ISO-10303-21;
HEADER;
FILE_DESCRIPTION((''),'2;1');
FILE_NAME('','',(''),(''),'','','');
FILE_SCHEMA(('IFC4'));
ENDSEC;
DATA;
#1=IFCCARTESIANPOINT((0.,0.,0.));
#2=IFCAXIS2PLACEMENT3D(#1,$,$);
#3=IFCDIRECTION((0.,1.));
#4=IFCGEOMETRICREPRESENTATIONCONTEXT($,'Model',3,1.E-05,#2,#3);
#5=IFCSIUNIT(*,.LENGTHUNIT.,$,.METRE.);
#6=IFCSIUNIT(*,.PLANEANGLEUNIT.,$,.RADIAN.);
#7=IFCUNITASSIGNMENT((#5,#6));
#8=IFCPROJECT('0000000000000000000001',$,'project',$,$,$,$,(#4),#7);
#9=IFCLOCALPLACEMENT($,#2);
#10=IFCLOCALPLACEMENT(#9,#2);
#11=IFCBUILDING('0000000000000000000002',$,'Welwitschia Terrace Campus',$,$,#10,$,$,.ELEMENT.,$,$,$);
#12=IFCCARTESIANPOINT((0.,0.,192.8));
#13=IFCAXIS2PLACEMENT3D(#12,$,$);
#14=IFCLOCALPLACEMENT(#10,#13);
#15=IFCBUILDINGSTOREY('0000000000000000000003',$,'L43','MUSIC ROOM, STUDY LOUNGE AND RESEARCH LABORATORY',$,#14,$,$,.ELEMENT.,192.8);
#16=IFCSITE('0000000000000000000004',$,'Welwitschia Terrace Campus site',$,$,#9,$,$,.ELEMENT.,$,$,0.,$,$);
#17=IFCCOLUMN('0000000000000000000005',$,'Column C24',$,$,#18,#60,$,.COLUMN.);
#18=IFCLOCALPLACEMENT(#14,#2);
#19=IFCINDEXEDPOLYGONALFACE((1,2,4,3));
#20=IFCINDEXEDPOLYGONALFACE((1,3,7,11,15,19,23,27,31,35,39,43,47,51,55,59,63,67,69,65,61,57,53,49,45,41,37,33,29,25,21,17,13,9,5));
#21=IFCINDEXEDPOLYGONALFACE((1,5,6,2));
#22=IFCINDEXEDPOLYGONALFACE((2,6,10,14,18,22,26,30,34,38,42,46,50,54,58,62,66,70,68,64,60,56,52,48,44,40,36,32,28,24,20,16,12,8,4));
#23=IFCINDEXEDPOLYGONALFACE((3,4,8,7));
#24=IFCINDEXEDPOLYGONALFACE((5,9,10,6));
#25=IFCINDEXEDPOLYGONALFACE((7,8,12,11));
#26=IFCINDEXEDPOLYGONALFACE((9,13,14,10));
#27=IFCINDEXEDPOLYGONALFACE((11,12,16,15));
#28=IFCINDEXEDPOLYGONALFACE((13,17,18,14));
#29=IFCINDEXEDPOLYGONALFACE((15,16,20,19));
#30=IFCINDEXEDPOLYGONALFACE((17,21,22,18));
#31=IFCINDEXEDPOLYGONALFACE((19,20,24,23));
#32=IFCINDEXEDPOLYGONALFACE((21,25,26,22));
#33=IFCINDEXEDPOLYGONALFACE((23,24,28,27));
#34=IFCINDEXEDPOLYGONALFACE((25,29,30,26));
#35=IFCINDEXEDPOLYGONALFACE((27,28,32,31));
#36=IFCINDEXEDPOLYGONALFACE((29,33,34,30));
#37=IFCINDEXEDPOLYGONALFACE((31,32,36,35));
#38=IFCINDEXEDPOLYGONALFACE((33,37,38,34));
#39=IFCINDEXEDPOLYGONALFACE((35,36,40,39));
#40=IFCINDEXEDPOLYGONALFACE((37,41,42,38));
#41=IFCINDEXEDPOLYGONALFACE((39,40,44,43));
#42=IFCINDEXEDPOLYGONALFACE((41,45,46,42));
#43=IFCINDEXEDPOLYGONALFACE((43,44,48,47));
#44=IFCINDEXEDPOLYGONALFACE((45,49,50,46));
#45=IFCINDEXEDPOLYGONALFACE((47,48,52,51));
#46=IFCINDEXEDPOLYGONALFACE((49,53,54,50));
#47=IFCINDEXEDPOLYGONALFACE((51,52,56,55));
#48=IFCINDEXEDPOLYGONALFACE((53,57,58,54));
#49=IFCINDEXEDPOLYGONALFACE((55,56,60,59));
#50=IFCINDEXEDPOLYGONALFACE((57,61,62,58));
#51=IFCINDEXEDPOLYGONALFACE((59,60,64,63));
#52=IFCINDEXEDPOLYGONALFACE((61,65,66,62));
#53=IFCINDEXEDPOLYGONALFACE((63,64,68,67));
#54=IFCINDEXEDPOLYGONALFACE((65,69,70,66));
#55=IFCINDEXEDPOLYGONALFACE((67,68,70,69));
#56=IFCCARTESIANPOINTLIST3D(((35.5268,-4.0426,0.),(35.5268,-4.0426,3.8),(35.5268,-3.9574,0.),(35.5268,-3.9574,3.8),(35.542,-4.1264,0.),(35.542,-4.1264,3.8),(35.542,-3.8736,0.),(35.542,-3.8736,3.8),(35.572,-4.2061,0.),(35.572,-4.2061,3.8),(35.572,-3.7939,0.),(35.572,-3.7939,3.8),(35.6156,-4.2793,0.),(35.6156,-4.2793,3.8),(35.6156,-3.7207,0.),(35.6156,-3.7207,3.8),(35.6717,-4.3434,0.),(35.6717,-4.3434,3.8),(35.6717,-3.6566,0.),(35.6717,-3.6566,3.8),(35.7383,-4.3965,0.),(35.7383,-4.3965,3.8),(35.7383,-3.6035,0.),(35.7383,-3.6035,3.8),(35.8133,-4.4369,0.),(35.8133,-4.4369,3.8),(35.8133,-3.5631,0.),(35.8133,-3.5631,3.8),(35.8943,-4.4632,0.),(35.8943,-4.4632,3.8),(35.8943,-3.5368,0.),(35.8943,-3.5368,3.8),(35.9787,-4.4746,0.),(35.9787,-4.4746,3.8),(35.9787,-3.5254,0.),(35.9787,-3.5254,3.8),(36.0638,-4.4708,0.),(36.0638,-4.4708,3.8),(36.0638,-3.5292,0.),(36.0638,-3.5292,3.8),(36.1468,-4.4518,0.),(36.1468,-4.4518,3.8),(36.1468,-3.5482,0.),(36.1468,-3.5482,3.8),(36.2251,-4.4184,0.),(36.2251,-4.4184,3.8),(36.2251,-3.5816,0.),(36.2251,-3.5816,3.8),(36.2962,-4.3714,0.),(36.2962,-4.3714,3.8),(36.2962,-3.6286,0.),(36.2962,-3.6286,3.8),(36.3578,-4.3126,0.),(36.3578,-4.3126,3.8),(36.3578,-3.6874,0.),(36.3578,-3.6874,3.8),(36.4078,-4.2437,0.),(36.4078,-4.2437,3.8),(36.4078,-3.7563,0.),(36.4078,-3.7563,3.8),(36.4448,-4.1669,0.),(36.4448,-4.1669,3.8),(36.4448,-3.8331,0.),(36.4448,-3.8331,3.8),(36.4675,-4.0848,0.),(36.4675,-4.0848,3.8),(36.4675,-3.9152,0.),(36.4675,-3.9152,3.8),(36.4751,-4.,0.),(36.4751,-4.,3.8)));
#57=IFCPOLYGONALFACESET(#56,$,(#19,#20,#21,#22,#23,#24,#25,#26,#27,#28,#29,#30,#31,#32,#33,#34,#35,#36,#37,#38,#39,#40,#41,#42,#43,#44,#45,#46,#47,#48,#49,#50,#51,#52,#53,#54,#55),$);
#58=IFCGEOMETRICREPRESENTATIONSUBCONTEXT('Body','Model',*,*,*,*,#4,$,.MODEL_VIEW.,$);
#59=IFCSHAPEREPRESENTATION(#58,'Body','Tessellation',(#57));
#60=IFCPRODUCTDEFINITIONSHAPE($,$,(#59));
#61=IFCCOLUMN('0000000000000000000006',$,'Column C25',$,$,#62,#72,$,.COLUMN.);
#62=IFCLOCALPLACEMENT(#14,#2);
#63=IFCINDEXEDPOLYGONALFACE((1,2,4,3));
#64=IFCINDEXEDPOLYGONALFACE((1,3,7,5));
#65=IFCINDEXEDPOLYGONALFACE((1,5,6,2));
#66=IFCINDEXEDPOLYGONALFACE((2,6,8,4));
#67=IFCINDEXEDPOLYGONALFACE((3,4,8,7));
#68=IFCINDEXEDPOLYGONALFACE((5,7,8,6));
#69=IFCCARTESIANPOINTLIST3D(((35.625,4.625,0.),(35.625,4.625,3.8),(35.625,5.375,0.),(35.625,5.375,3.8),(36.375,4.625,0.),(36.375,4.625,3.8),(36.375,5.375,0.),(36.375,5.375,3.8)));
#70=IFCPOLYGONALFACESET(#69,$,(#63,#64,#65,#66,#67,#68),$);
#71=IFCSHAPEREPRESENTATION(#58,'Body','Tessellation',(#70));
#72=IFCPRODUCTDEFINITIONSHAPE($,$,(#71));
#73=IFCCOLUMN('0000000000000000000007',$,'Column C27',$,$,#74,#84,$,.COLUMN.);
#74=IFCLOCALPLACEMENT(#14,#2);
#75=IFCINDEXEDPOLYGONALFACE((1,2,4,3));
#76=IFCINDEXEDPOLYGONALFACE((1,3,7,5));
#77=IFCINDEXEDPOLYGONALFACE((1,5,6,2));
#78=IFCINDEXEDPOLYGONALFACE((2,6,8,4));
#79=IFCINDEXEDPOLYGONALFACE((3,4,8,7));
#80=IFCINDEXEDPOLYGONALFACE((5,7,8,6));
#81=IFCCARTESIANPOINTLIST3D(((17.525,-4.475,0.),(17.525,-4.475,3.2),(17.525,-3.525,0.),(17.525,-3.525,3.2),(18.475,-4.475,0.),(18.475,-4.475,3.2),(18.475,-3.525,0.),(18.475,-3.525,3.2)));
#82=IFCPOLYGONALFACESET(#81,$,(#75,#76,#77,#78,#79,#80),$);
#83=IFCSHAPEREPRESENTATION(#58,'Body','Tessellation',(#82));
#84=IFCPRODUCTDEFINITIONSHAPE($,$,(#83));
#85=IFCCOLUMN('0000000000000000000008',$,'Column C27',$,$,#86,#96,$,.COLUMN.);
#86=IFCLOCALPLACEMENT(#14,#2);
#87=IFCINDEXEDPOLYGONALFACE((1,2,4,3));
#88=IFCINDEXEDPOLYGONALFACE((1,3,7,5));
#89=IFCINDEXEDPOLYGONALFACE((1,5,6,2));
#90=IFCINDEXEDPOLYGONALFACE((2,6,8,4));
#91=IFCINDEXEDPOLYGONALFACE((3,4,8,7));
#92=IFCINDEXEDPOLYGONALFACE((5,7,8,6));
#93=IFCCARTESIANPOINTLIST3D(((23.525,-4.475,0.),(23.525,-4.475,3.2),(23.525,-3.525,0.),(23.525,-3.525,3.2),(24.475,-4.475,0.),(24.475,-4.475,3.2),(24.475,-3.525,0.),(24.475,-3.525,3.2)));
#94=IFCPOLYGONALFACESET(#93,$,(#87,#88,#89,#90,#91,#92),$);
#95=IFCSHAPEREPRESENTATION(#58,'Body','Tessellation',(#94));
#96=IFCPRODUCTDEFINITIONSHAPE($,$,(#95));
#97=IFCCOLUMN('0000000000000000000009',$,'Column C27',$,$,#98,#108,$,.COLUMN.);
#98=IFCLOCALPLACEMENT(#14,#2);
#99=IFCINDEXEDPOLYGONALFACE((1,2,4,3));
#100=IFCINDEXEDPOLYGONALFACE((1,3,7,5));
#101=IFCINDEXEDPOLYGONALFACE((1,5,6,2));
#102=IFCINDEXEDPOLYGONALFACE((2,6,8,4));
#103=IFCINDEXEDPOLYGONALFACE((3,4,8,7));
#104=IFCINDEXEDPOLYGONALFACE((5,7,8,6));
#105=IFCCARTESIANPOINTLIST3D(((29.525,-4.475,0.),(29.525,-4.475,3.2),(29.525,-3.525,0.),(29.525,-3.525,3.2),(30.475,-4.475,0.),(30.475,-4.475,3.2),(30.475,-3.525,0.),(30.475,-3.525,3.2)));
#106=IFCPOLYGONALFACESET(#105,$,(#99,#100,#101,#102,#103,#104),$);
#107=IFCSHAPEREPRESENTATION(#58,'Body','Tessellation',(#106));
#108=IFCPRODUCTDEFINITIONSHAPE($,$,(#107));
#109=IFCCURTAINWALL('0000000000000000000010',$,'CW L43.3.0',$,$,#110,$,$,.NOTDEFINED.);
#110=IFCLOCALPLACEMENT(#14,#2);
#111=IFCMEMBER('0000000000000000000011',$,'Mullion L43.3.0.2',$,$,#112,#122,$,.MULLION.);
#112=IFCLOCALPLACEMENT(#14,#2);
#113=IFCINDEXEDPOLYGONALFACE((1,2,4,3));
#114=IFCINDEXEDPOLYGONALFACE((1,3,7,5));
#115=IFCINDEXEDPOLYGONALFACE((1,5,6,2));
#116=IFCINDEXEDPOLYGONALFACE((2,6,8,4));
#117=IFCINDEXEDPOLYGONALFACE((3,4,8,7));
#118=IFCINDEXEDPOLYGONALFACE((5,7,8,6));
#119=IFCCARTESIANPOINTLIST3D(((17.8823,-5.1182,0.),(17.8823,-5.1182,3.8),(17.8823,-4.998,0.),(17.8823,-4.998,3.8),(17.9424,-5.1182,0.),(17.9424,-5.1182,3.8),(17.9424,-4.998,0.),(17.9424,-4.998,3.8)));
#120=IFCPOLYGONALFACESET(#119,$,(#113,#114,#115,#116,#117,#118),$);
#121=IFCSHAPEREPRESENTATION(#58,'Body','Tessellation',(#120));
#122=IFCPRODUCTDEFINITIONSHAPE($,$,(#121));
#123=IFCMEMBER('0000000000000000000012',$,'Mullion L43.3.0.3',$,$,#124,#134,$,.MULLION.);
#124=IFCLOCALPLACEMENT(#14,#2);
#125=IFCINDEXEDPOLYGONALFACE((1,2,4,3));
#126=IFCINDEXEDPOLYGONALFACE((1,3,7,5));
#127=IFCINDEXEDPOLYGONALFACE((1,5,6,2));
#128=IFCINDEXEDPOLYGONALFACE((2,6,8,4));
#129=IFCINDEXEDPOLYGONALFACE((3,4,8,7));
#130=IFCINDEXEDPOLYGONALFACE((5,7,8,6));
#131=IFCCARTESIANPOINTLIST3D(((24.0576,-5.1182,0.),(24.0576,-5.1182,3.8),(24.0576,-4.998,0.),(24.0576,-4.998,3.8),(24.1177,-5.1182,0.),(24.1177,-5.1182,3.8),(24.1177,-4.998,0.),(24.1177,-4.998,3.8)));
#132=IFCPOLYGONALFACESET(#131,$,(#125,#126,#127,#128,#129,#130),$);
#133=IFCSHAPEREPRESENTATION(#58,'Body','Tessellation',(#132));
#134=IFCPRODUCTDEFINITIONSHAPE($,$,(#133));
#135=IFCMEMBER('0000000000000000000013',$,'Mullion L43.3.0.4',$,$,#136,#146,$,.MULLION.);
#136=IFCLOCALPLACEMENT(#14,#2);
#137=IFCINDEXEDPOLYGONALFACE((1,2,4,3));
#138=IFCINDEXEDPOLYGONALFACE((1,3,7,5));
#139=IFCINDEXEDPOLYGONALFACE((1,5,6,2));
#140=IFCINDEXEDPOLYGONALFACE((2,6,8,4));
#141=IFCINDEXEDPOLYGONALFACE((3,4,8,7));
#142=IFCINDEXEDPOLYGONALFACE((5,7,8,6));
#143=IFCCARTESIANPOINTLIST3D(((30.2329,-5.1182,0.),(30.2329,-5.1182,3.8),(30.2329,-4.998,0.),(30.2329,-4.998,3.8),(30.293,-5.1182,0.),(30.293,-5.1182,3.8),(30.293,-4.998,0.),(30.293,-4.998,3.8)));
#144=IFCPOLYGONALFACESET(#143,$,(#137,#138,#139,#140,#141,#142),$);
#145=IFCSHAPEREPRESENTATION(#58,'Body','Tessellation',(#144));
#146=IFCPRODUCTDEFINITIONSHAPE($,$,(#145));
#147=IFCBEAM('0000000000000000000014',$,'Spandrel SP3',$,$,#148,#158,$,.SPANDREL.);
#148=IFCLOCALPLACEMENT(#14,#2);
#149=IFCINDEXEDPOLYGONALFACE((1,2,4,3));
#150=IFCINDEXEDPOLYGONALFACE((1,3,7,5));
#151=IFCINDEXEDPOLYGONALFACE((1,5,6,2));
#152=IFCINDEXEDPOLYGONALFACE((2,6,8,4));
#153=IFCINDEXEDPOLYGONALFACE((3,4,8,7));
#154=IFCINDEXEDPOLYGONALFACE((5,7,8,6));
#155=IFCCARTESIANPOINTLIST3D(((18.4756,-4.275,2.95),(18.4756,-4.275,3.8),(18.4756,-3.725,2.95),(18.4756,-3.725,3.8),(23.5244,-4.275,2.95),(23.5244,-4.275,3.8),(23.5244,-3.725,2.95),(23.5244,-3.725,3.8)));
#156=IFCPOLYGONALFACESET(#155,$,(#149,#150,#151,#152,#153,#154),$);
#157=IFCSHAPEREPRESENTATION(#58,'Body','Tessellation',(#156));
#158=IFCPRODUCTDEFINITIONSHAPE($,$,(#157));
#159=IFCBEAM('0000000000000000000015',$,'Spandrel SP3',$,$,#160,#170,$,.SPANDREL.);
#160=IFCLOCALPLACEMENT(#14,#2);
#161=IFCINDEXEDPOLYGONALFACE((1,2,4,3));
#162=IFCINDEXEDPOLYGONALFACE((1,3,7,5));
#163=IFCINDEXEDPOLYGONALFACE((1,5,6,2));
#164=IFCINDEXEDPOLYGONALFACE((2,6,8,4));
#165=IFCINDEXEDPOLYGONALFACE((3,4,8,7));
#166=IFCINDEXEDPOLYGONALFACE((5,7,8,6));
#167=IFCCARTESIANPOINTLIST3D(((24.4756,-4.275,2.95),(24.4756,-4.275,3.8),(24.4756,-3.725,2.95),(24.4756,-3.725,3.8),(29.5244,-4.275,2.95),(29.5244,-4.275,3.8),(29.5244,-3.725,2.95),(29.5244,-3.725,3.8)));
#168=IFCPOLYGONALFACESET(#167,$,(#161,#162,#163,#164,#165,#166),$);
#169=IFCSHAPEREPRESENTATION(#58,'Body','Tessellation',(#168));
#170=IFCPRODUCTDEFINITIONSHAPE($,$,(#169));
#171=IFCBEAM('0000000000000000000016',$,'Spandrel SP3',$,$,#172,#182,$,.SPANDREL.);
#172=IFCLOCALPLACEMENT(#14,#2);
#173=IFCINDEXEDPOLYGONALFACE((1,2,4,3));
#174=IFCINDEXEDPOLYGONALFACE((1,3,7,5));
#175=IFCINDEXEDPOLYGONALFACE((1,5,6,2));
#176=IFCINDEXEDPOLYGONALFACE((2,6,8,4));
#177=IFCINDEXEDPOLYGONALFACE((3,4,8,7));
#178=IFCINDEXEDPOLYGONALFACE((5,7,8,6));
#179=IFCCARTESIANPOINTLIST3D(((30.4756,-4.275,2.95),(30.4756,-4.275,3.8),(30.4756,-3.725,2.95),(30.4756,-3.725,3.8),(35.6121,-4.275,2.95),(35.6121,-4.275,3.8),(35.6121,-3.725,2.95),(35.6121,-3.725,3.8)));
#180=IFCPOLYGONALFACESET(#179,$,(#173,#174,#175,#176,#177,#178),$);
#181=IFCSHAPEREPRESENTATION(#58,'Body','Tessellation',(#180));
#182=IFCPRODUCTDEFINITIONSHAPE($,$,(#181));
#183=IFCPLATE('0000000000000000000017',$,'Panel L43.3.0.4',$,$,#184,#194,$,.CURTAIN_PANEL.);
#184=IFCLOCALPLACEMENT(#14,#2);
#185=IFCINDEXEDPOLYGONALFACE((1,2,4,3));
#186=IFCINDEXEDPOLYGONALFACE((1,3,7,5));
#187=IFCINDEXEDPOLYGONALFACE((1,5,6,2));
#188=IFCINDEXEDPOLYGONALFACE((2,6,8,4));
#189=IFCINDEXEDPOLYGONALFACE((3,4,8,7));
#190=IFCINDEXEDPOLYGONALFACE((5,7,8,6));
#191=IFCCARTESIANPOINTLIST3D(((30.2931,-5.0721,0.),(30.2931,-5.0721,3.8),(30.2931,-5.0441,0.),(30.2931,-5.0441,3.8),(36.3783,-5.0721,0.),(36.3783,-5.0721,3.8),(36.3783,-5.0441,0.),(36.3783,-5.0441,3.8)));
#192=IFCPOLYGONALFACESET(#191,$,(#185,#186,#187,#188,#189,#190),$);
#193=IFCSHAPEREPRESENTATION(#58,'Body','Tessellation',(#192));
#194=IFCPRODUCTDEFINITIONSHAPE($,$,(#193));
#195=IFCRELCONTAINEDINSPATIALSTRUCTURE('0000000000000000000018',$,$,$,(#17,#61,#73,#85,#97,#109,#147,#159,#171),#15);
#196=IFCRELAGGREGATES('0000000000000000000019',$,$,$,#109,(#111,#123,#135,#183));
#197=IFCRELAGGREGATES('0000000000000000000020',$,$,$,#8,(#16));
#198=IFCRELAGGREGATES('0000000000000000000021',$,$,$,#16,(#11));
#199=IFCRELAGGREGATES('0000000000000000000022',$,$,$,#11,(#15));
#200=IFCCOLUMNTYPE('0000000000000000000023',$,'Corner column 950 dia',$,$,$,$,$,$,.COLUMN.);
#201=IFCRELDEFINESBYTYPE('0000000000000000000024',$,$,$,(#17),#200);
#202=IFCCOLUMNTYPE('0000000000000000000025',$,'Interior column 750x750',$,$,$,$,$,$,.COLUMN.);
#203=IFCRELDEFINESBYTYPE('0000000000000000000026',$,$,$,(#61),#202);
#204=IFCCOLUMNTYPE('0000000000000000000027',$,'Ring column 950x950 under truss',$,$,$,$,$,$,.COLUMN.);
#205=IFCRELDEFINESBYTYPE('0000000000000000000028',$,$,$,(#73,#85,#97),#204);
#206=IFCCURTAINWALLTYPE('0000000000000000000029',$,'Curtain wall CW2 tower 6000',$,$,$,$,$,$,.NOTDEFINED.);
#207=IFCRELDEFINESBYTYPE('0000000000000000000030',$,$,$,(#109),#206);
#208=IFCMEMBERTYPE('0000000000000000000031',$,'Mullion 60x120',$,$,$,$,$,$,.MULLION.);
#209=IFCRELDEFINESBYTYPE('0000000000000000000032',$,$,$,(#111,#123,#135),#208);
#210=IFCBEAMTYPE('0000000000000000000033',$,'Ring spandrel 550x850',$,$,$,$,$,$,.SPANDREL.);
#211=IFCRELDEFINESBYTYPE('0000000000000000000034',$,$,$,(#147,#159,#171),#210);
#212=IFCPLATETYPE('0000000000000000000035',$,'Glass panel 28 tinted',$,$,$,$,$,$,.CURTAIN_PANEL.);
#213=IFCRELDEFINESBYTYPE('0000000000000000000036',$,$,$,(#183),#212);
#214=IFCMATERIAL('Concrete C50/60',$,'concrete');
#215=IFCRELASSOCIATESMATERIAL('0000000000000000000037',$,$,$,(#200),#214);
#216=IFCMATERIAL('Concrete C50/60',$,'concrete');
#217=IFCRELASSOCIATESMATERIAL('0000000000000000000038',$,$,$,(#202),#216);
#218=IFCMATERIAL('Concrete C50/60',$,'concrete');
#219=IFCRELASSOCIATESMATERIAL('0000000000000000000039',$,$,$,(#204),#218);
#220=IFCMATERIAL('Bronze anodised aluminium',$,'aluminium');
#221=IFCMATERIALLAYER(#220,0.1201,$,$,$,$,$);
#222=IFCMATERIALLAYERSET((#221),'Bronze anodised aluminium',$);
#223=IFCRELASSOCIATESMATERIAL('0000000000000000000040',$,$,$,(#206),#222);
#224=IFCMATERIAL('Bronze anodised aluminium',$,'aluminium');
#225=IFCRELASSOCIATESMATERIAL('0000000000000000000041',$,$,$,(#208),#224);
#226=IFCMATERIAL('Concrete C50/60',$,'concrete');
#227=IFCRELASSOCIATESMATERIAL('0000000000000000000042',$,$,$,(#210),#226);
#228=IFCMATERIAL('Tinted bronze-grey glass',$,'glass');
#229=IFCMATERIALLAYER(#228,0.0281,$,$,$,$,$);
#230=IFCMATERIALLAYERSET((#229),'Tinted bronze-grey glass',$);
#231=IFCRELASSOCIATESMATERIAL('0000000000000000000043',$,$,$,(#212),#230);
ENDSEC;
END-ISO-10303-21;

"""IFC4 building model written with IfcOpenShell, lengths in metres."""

from ifc_helpers import new_model, si_unit, direction, frame, origin, origin_2d, place, context, subcontext, project, spatial, rectangle, circle, extrude, material, layer, layer_set, material_profile, profile_set, type_object, element, aggregate, save


model = new_model("IFC4")

# Units and contexts
model_context = context("Model", 3, precision=1e-05, world=origin(), true_north=direction((0.0, 1.0)))
body_context = subcontext(model_context, "Body", "Model", "MODEL_VIEW")
ifc_project = project(units=[si_unit("LENGTHUNIT", "METRE"), si_unit("PLANEANGLEUNIT", "RADIAN")], contexts=[model_context])

# Site, building, storey
site_placement = place(None, origin())
site = spatial("IfcSite", under=ifc_project, at=site_placement, Name="Welwitschia Terrace Campus site", CompositionType="ELEMENT", RefElevation=0.0)
building_placement = place(site_placement, origin())
building = spatial("IfcBuilding", under=site, at=building_placement, Name="Welwitschia Terrace Campus", CompositionType="ELEMENT")
storey_placement = place(building_placement, frame((0.0, 0.0, 192.8)))
storey = spatial("IfcBuildingStorey", under=building, at=storey_placement, Name="L43", Description="MUSIC ROOM, STUDY LOUNGE AND RESEARCH LABORATORY", CompositionType="ELEMENT", Elevation=192.8)

# Columns
ifc_material_1 = material(Name="Concrete C50/60", Category="concrete")
ifc_material_profile_1 = material_profile(ifc_material_1, circle(Radius=0.4751, at=origin_2d()))
ifc_profile_set_1 = profile_set([ifc_material_profile_1], Name="Concrete C50/60")
column_type_1 = type_object("IfcColumnType", Name="Corner column 950 dia", PredefinedType="COLUMN", material=ifc_profile_set_1)
column_1_placement = place(storey_placement, frame((36.0, -4.0, 0.0), z_axis=(0.0, 0.0, 1.0), x_axis=(1.0, 0.0, 0.0)))
element("IfcColumn", 1, at=column_1_placement, inside=storey, type_object=column_type_1, Name="Column C24", PredefinedType="COLUMN", context=body_context, shape_type="SweptSolid", body=[
    extrude(circle(Radius=0.4751, at=origin_2d()), origin(), (0.0, 0.0, 1.0), 3.8),
])
ifc_material_2 = material(Name="Concrete C50/60", Category="concrete")
ifc_material_profile_2 = material_profile(ifc_material_2, rectangle(XDim=0.75, YDim=0.75, at=origin_2d()))
ifc_profile_set_2 = profile_set([ifc_material_profile_2], Name="Concrete C50/60")
column_type_2 = type_object("IfcColumnType", Name="Interior column 750x750", PredefinedType="COLUMN", material=ifc_profile_set_2)
column_2_placement = place(storey_placement, frame((36.0, 5.0, 0.0), z_axis=(0.0, 0.0, 1.0), x_axis=(1.0, 0.0, 0.0)))
element("IfcColumn", 2, at=column_2_placement, inside=storey, type_object=column_type_2, Name="Column C25", PredefinedType="COLUMN", context=body_context, shape_type="SweptSolid", body=[
    extrude(rectangle(XDim=0.75, YDim=0.75, at=origin_2d()), origin(), (0.0, 0.0, 1.0), 3.8),
])
ifc_material_3 = material(Name="Concrete C50/60", Category="concrete")
ifc_material_profile_3 = material_profile(ifc_material_3, rectangle(XDim=0.95, YDim=0.95, at=origin_2d()))
ifc_profile_set_3 = profile_set([ifc_material_profile_3], Name="Concrete C50/60")
column_type_3 = type_object("IfcColumnType", Name="Ring column 950x950 under truss", PredefinedType="COLUMN", material=ifc_profile_set_3)
for number, where, z_axis, x_axis, name in (
    (3, (18.0, -4.0, 0.0), (0.0, 0.0, 1.0), (1.0, 0.0, 0.0), "Column C27"),
    (4, (24.0, -4.0, 0.0), (0.0, 0.0, 1.0), (1.0, 0.0, 0.0), "Column C27"),
    (5, (30.0, -4.0, 0.0), (0.0, 0.0, 1.0), (1.0, 0.0, 0.0), "Column C27"),
):
    element("IfcColumn", number, at=place(storey_placement, frame(where, z_axis=z_axis, x_axis=x_axis)), inside=storey, type_object=column_type_3, Name=name, PredefinedType="COLUMN", context=body_context, shape_type="SweptSolid", body=[
        extrude(rectangle(XDim=0.95, YDim=0.95, at=origin_2d()), origin(), (0.0, 0.0, 1.0), 3.2),
    ])

# Curtain wall, members
ifc_material_4 = material(Name="Bronze anodised aluminium", Category="aluminium")
ifc_layer_1 = layer(ifc_material_4, 0.1201)
ifc_layer_set_1 = layer_set([ifc_layer_1], Name="Bronze anodised aluminium")
curtain_wall_type = type_object("IfcCurtainWallType", Name="Curtain wall CW2 tower 6000", PredefinedType="NOTDEFINED", material=ifc_layer_set_1)
curtain_wall_placement = place(storey_placement, origin())
curtain_wall = element("IfcCurtainWall", 6, at=curtain_wall_placement, inside=storey, type_object=curtain_wall_type, Name="CW L43.3.0", PredefinedType="NOTDEFINED")
ifc_material_5 = material(Name="Bronze anodised aluminium", Category="aluminium")
ifc_material_profile_4 = material_profile(ifc_material_5, rectangle(XDim=0.1201, YDim=0.0601, at=origin_2d()))
ifc_profile_set_4 = profile_set([ifc_material_profile_4], Name="Bronze anodised aluminium")
member_type = type_object("IfcMemberType", Name="Mullion 60x120", PredefinedType="MULLION", material=ifc_profile_set_4)
member_1_placement = place(storey_placement, frame((17.9124, -5.0581, 0.0), z_axis=(0.0, 0.0, 1.0), x_axis=(0.0, 1.0, 0.0)))
member_1 = element("IfcMember", 7, at=member_1_placement, type_object=member_type, Name="Mullion L43.3.0.2", PredefinedType="MULLION", context=body_context, shape_type="SweptSolid", body=[
    extrude(rectangle(XDim=0.1201, YDim=0.0601, at=origin_2d()), origin(), (0.0, 0.0, 1.0), 3.8),
])
member_2_placement = place(storey_placement, frame((24.0876, -5.0581, 0.0), z_axis=(0.0, 0.0, 1.0), x_axis=(0.0, 1.0, 0.0)))
member_2 = element("IfcMember", 8, at=member_2_placement, type_object=member_type, Name="Mullion L43.3.0.3", PredefinedType="MULLION", context=body_context, shape_type="SweptSolid", body=[
    extrude(rectangle(XDim=0.1201, YDim=0.0601, at=origin_2d()), origin(), (0.0, 0.0, 1.0), 3.8),
])
member_3_placement = place(storey_placement, frame((30.2629, -5.0581, 0.0), z_axis=(0.0, 0.0, 1.0), x_axis=(0.0, 1.0, 0.0)))
member_3 = element("IfcMember", 9, at=member_3_placement, type_object=member_type, Name="Mullion L43.3.0.4", PredefinedType="MULLION", context=body_context, shape_type="SweptSolid", body=[
    extrude(rectangle(XDim=0.1201, YDim=0.0601, at=origin_2d()), origin(), (0.0, 0.0, 1.0), 3.8),
])

# Beams
ifc_material_6 = material(Name="Concrete C50/60", Category="concrete")
ifc_material_profile_5 = material_profile(ifc_material_6, rectangle(XDim=0.55, YDim=0.8501, at=origin_2d()))
ifc_profile_set_5 = profile_set([ifc_material_profile_5], Name="Concrete C50/60")
beam_type = type_object("IfcBeamType", Name="Ring spandrel 550x850", PredefinedType="SPANDREL", material=ifc_profile_set_5)
for number, where, z_axis, x_axis, name in (
    (10, (18.4756, -4.0, 3.375), (1.0, 0.0, 0.0), (0.0, 1.0, 0.0), "Spandrel SP3"),
    (11, (24.4756, -4.0, 3.375), (1.0, 0.0, 0.0), (0.0, 1.0, 0.0), "Spandrel SP3"),
):
    element("IfcBeam", number, at=place(storey_placement, frame(where, z_axis=z_axis, x_axis=x_axis)), inside=storey, type_object=beam_type, Name=name, PredefinedType="SPANDREL", context=body_context, shape_type="SweptSolid", body=[
        extrude(rectangle(XDim=0.55, YDim=0.8501, at=origin_2d()), origin(), (0.0, 0.0, 1.0), 5.0488),
    ])
beam_placement = place(storey_placement, frame((30.4756, -4.0, 3.375), z_axis=(1.0, 0.0, 0.0), x_axis=(0.0, 1.0, 0.0)))
element("IfcBeam", 12, at=beam_placement, inside=storey, type_object=beam_type, Name="Spandrel SP3", PredefinedType="SPANDREL", context=body_context, shape_type="SweptSolid", body=[
    extrude(rectangle(XDim=0.55, YDim=0.8501, at=origin_2d()), origin(), (0.0, 0.0, 1.0), 5.1365),
])

# Plate
ifc_material_7 = material(Name="Tinted bronze-grey glass", Category="glass")
ifc_layer_2 = layer(ifc_material_7, 0.0281)
ifc_layer_set_2 = layer_set([ifc_layer_2], Name="Tinted bronze-grey glass")
plate_type_1 = type_object("IfcPlateType", Name="Glass panel 28 tinted", PredefinedType="CURTAIN_PANEL", material=ifc_layer_set_2)
plate_1_placement = place(storey_placement, frame((33.3357, -5.0581, 0.0), z_axis=(0.0, 0.0, 1.0), x_axis=(1.0, 0.0, 0.0)))
plate_1 = element("IfcPlate", 13, at=plate_1_placement, type_object=plate_type_1, Name="Panel L43.3.0.4", PredefinedType="CURTAIN_PANEL", context=body_context, shape_type="SweptSolid", body=[
    extrude(rectangle(XDim=6.0852, YDim=0.0281, at=origin_2d()), origin(), (0.0, 0.0, 1.0), 3.8),
])
aggregate(curtain_wall, [member_1, member_2, member_3, plate_1])

save(model, "model.ifc")
